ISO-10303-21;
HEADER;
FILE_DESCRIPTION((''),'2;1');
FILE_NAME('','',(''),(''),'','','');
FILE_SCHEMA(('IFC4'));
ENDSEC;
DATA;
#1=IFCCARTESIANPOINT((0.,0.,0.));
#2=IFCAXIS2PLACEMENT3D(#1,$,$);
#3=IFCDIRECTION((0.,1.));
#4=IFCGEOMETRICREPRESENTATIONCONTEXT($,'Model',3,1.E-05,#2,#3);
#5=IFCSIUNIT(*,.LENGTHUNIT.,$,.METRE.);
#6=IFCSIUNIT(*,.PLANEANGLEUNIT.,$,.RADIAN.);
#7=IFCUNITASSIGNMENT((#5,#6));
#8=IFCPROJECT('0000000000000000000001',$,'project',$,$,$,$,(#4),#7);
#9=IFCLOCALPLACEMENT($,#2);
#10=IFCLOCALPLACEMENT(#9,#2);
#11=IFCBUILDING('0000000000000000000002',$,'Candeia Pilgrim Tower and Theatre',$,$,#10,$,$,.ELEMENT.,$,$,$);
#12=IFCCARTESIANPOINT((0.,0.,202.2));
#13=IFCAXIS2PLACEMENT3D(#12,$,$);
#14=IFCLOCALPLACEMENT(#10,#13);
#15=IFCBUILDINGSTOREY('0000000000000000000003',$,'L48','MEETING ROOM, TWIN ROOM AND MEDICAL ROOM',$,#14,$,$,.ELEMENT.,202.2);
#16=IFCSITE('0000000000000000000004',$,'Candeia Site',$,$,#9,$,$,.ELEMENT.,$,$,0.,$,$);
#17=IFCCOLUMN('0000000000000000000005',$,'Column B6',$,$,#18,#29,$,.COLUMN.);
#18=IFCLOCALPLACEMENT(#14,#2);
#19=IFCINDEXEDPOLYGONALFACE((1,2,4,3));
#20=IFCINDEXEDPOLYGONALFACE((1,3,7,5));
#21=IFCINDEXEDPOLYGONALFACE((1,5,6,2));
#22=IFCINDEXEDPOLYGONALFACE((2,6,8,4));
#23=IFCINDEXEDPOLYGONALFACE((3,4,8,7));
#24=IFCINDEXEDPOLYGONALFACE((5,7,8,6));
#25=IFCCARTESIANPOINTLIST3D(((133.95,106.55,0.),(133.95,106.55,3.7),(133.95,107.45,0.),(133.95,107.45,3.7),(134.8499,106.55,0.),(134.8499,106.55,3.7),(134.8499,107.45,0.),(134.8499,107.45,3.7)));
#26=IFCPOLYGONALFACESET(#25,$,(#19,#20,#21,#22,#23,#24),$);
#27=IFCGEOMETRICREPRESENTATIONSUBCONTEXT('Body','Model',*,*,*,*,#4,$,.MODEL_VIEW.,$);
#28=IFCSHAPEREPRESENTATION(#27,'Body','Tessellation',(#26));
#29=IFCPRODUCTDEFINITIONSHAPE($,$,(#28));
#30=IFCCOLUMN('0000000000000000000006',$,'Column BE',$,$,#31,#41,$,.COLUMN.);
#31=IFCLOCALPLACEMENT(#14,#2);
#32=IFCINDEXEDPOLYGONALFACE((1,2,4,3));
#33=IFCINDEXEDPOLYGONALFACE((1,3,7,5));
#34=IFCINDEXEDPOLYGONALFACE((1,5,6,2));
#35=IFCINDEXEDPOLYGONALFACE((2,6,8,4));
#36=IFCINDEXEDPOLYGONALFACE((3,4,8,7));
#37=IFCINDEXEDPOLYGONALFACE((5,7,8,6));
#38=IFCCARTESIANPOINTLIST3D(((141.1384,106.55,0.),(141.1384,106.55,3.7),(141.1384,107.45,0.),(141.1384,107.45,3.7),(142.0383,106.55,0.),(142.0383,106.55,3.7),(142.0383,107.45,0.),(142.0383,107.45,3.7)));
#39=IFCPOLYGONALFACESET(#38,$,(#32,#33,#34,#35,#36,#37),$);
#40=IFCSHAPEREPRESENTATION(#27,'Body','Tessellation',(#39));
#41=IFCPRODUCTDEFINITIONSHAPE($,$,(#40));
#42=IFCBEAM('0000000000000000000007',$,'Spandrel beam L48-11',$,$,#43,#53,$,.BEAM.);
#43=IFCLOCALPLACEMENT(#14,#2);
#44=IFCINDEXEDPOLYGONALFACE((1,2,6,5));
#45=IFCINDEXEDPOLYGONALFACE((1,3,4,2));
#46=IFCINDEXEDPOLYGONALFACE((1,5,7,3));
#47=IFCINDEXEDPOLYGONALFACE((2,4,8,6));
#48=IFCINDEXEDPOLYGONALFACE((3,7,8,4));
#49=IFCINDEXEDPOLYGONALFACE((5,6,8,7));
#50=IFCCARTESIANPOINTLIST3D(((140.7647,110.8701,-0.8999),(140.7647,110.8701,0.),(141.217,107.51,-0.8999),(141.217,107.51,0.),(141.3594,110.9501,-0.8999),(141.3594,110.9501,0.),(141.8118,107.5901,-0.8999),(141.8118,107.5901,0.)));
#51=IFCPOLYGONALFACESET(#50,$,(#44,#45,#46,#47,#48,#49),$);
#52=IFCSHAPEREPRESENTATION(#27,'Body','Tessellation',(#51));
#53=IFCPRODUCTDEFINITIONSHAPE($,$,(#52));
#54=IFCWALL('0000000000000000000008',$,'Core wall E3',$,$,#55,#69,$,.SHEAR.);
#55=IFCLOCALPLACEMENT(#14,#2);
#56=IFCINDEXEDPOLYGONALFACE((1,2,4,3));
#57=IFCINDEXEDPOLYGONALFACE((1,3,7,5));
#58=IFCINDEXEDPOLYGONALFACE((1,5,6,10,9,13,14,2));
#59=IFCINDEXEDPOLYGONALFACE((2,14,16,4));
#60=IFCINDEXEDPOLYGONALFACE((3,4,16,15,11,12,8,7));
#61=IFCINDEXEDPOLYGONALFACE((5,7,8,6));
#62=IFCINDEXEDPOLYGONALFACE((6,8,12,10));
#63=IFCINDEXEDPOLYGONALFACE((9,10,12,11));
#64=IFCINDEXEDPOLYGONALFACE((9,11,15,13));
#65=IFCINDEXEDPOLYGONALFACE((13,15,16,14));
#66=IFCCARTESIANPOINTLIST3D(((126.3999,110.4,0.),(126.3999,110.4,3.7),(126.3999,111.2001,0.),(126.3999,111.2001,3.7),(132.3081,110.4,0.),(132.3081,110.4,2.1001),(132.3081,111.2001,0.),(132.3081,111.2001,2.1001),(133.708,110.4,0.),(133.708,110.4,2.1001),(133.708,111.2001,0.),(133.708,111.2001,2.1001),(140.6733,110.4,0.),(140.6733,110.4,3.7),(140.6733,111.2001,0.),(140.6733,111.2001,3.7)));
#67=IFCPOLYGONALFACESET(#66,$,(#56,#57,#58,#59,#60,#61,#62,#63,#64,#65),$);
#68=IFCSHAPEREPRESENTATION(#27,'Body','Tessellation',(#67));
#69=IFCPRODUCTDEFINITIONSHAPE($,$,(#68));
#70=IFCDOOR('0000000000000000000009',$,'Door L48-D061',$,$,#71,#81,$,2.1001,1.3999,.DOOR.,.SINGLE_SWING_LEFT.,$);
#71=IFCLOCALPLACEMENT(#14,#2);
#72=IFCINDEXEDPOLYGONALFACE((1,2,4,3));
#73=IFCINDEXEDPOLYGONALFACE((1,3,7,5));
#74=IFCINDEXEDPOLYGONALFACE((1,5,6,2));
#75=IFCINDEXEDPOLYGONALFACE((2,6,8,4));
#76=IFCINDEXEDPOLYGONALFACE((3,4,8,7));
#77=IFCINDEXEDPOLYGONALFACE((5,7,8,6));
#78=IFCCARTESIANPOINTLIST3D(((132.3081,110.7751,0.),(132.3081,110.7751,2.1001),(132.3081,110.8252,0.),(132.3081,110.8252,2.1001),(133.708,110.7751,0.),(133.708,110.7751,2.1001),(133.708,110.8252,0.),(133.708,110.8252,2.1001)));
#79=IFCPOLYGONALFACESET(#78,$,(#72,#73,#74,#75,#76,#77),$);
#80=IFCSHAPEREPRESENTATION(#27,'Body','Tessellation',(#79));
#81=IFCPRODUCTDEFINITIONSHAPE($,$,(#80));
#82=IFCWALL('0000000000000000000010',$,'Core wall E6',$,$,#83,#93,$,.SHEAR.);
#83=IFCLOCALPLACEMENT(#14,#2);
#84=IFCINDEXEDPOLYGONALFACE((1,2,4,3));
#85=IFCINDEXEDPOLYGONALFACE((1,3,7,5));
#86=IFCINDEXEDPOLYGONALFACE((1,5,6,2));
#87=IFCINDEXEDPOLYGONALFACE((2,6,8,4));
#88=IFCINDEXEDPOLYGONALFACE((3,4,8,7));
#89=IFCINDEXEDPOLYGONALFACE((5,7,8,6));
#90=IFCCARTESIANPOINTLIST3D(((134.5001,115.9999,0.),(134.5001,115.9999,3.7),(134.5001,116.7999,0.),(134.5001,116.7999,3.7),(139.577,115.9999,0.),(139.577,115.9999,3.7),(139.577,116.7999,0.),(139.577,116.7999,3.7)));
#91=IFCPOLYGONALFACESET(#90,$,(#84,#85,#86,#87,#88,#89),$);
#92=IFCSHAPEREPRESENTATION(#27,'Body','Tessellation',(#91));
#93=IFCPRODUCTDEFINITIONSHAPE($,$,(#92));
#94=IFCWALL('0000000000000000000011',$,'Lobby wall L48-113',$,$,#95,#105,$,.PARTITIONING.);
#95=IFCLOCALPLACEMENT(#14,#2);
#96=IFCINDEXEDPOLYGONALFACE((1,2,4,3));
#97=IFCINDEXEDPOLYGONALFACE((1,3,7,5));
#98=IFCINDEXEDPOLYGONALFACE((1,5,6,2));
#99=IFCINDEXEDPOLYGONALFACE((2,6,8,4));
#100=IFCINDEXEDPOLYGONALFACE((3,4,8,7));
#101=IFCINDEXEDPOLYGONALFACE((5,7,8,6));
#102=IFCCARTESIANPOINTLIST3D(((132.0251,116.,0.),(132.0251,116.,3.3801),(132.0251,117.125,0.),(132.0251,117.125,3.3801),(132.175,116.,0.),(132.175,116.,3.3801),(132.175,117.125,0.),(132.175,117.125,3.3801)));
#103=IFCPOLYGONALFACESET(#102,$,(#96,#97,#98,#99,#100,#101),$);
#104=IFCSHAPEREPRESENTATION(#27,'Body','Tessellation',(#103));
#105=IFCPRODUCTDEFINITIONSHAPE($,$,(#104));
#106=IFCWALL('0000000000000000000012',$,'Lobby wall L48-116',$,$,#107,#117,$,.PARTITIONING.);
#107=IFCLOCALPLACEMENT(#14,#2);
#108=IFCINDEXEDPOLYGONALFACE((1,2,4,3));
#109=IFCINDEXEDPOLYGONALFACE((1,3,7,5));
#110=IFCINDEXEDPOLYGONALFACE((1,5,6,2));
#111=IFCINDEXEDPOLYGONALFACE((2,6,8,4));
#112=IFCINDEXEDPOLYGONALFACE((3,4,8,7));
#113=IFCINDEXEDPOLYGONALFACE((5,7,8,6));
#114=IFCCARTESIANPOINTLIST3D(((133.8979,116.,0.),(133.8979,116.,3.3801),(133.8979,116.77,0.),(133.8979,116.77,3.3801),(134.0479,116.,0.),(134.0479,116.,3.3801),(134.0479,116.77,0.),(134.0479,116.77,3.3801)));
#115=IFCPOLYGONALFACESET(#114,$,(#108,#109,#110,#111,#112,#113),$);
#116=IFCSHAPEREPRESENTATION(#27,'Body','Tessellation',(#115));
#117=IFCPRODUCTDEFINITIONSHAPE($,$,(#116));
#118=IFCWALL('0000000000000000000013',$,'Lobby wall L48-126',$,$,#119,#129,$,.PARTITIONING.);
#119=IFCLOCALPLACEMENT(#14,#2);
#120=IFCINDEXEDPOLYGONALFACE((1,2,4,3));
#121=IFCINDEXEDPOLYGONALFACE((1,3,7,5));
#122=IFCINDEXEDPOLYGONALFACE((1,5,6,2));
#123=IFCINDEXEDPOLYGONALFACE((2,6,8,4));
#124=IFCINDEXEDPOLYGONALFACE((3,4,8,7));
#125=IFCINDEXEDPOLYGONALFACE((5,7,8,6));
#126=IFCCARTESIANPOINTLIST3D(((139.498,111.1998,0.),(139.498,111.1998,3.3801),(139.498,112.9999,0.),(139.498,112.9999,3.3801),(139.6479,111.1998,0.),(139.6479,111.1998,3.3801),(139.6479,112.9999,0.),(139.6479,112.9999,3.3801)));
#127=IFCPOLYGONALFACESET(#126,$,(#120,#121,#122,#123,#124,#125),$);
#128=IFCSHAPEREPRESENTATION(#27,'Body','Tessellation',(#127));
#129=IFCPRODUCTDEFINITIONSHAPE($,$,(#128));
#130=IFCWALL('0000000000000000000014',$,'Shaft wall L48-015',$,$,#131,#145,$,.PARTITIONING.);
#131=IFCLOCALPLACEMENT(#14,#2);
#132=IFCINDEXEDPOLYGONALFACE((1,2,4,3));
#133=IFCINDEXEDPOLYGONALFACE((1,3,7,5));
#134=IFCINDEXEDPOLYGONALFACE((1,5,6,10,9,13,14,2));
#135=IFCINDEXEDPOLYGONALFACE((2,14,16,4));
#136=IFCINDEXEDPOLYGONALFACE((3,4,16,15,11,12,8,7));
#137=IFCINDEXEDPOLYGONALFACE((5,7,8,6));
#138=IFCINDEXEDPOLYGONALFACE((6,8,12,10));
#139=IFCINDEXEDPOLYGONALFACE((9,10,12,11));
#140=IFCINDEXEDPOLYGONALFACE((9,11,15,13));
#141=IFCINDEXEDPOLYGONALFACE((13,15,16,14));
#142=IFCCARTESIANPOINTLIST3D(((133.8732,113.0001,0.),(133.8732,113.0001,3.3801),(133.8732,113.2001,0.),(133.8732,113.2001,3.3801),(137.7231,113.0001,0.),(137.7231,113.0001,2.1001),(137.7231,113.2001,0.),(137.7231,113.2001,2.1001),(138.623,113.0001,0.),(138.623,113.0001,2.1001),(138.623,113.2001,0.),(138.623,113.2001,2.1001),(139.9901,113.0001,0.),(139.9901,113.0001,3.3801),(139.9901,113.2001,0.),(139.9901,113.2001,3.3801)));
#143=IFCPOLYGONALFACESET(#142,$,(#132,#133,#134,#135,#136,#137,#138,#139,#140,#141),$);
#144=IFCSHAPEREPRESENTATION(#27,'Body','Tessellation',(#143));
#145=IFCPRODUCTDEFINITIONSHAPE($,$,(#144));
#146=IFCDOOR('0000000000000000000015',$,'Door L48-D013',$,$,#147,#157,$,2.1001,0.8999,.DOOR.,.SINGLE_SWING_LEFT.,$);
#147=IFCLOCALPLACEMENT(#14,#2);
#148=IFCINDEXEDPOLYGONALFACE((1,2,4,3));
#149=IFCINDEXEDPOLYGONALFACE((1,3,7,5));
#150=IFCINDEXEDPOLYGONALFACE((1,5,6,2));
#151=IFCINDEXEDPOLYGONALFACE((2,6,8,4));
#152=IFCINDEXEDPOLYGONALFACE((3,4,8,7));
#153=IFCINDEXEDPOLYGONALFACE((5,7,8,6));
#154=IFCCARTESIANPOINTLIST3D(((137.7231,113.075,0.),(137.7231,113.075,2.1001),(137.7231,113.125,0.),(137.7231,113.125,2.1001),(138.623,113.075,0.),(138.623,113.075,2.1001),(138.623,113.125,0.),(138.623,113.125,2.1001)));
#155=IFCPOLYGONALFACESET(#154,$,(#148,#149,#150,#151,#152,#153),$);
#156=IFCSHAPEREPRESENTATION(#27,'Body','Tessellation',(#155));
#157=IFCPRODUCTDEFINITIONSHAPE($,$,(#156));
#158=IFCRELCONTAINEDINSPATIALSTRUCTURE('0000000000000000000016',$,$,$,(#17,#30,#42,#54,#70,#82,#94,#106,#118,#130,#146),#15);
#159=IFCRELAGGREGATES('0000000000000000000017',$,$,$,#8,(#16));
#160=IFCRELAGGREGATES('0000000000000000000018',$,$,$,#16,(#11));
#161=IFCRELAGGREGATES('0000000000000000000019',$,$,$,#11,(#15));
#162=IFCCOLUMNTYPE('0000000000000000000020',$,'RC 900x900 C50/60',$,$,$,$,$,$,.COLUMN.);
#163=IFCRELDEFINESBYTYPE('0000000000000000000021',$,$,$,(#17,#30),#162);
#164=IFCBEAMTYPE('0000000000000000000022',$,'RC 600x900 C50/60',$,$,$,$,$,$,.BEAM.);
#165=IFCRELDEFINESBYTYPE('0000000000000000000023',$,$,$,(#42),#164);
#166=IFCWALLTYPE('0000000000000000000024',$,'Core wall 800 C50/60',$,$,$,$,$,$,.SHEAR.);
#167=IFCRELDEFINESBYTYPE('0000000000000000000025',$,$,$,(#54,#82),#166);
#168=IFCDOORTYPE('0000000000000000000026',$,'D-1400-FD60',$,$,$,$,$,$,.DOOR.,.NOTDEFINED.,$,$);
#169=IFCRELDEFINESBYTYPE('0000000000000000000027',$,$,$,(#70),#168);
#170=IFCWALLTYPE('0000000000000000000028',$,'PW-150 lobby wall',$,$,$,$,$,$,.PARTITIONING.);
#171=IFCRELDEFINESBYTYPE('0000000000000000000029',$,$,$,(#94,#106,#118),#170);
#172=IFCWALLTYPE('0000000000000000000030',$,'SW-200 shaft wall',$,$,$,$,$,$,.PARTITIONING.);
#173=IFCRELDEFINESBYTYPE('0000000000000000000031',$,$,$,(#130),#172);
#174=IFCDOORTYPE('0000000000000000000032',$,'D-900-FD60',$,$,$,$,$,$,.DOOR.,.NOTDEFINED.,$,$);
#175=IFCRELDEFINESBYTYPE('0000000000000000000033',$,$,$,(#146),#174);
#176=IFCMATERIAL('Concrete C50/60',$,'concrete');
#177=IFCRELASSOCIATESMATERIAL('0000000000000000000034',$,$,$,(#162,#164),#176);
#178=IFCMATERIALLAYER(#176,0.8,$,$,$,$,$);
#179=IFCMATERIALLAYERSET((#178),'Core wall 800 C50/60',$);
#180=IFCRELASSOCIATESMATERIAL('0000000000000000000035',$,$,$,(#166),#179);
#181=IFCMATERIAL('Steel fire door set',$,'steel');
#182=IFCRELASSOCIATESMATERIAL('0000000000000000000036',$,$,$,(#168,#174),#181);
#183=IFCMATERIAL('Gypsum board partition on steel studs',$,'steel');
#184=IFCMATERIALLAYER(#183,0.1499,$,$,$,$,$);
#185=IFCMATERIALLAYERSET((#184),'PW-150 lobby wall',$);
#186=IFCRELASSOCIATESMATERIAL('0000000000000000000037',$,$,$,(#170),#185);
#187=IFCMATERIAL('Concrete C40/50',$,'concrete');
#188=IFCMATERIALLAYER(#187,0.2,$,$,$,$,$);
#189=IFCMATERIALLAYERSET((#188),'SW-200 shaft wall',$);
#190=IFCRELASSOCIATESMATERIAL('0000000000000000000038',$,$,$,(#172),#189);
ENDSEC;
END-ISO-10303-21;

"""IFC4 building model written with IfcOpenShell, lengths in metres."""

from ifc_helpers import new_model, si_unit, direction, frame, frame_2d, origin, origin_2d, place, context, subcontext, project, spatial, rectangle, extrude, material, layer, layer_set, material_profile, profile_set, type_object, element, fill, save


model = new_model("IFC4")

# Units and contexts
model_context = context("Model", 3, precision=1e-05, world=origin(), true_north=direction((0.0, 1.0)))
body_context = subcontext(model_context, "Body", "Model", "MODEL_VIEW")
ifc_project = project(units=[si_unit("LENGTHUNIT", "METRE"), si_unit("PLANEANGLEUNIT", "RADIAN")], contexts=[model_context])

# Site, building, storey
site_placement = place(None, origin())
site = spatial("IfcSite", under=ifc_project, at=site_placement, Name="Candeia Site", CompositionType="ELEMENT", RefElevation=0.0)
building_placement = place(site_placement, origin())
building = spatial("IfcBuilding", under=site, at=building_placement, Name="Candeia Pilgrim Tower and Theatre", CompositionType="ELEMENT")
storey_placement = place(building_placement, frame((0.0, 0.0, 202.2)))
storey = spatial("IfcBuildingStorey", under=building, at=storey_placement, Name="L48", Description="MEETING ROOM, TWIN ROOM AND MEDICAL ROOM", CompositionType="ELEMENT", Elevation=202.2)

# Columns
ifc_material_1 = material(Name="Concrete C50/60", Category="concrete")
ifc_material_profile_1 = material_profile(ifc_material_1, rectangle(XDim=0.8999, YDim=0.8999, at=origin_2d()))
ifc_profile_set_1 = profile_set([ifc_material_profile_1], Name="Concrete C50/60")
column_type = type_object("IfcColumnType", Name="RC 900x900 C50/60", PredefinedType="COLUMN", material=ifc_profile_set_1)
for number, where, z_axis, x_axis, name in (
    (1, (134.3999, 107.0, 0.0), (0.0, 0.0, 1.0), (1.0, 0.0, 0.0), "Column B6"),
    (2, (141.5884, 107.0, 0.0), (0.0, 0.0, 1.0), (1.0, 0.0, 0.0), "Column BE"),
):
    element("IfcColumn", number, at=place(storey_placement, frame(where, z_axis=z_axis, x_axis=x_axis)), inside=storey, type_object=column_type, Name=name, PredefinedType="COLUMN", context=body_context, shape_type="SweptSolid", body=[
        extrude(rectangle(XDim=0.8999, YDim=0.8999, at=origin_2d()), origin(), (0.0, 0.0, 1.0), 3.7),
    ])

# Beam
ifc_material_profile_2 = material_profile(ifc_material_1, rectangle(XDim=0.6001, YDim=0.8999, at=origin_2d()))
ifc_profile_set_2 = profile_set([ifc_material_profile_2], Name="Concrete C50/60")
beam_type = type_object("IfcBeamType", Name="RC 600x900 C50/60", PredefinedType="BEAM", material=ifc_profile_set_2)
beam_placement = place(storey_placement, frame((141.5144, 107.55, -0.45), z_axis=(-0.133432, 0.991058, 0.0), x_axis=(-0.991058, -0.133432, 0.0)))
element("IfcBeam", 3, at=beam_placement, inside=storey, type_object=beam_type, Name="Spandrel beam L48-11", PredefinedType="BEAM", context=body_context, shape_type="SweptSolid", body=[
    extrude(rectangle(XDim=0.6001, YDim=0.8999, at=origin_2d()), origin(), (0.0, 0.0, 1.0), 3.3904),
])

# Wall, opening, door
ifc_layer_1 = layer(ifc_material_1, 0.8)
ifc_layer_set_1 = layer_set([ifc_layer_1], Name="Core wall 800 C50/60")
wall_type_1 = type_object("IfcWallType", Name="Core wall 800 C50/60", PredefinedType="SHEAR", material=ifc_layer_set_1)
wall_1_placement = place(storey_placement, frame((140.6733, 110.8, 0.0), z_axis=(0.0, 0.0, 1.0), x_axis=(-1.0, 0.0, 0.0)))
wall_1 = element("IfcWall", 4, at=wall_1_placement, inside=storey, type_object=wall_type_1, Name="Core wall E3", PredefinedType="SHEAR", context=body_context, shape_type="SweptSolid", body=[
    extrude(rectangle(XDim=14.2734, YDim=0.8, at=frame_2d((7.1367, 0.0))), origin(), (0.0, 0.0, 1.0), 3.7),
])
opening_1_placement = place(wall_1_placement, frame((6.9653, 0.0, 0.0)))
opening_1 = element("IfcOpeningElement", 5, at=opening_1_placement, cuts=wall_1, PredefinedType="OPENING", context=body_context, shape_type="SweptSolid", body=[
    extrude(rectangle(XDim=1.3999, YDim=2.1001, at=frame_2d((0.7, 1.05))), frame((0.0, 0.4102, 0.0), z_axis=(0.0, -1.0, 0.0), x_axis=(1.0, 0.0, 0.0)), (0.0, 0.0, 1.0), 0.8201),
])
ifc_material_2 = material(Name="Steel fire door set", Category="steel")
door_type_1 = type_object("IfcDoorType", Name="D-1400-FD60", OperationType="NOTDEFINED", PredefinedType="DOOR", material=ifc_material_2)
door_1_placement = place(opening_1_placement, origin())
door_1 = element("IfcDoor", 6, at=door_1_placement, inside=storey, type_object=door_type_1, Name="Door L48-D061", OperationType="SINGLE_SWING_LEFT", OverallHeight=2.1001, OverallWidth=1.3999, PredefinedType="DOOR", context=body_context, shape_type="SweptSolid", body=[
    extrude(rectangle(XDim=1.3999, YDim=2.1001, at=frame_2d((0.7, 1.05))), frame((0.0, 0.0249, 0.0), z_axis=(0.0, -1.0, 0.0), x_axis=(1.0, 0.0, 0.0)), (0.0, 0.0, 1.0), 0.05),
])
fill(opening_1, door_1)

# Walls
wall_2_placement = place(storey_placement, frame((134.5, 116.3999, 0.0), z_axis=(0.0, 0.0, 1.0), x_axis=(1.0, 0.0, 0.0)))
element("IfcWall", 7, at=wall_2_placement, inside=storey, type_object=wall_type_1, Name="Core wall E6", PredefinedType="SHEAR", context=body_context, shape_type="SweptSolid", body=[
    extrude(rectangle(XDim=5.0769, YDim=0.8, at=frame_2d((2.5386, 0.0))), origin(), (0.0, 0.0, 1.0), 3.7),
])
ifc_material_3 = material(Name="Gypsum board partition on steel studs", Category="steel")
ifc_layer_2 = layer(ifc_material_3, 0.1499)
ifc_layer_set_2 = layer_set([ifc_layer_2], Name="PW-150 lobby wall")
wall_type_2 = type_object("IfcWallType", Name="PW-150 lobby wall", PredefinedType="PARTITIONING", material=ifc_layer_set_2)
wall_3_placement = place(storey_placement, frame((132.1001, 116.0, 0.0), z_axis=(0.0, 0.0, 1.0), x_axis=(0.0, 1.0, 0.0)))
element("IfcWall", 8, at=wall_3_placement, inside=storey, type_object=wall_type_2, Name="Lobby wall L48-113", PredefinedType="PARTITIONING", context=body_context, shape_type="SweptSolid", body=[
    extrude(rectangle(XDim=1.125, YDim=0.1499, at=frame_2d((0.5625, 0.0))), origin(), (0.0, 0.0, 1.0), 3.3801),
])
wall_4_placement = place(storey_placement, frame((133.9729, 116.0, 0.0), z_axis=(0.0, 0.0, 1.0), x_axis=(0.0, 1.0, 0.0)))
element("IfcWall", 9, at=wall_4_placement, inside=storey, type_object=wall_type_2, Name="Lobby wall L48-116", PredefinedType="PARTITIONING", context=body_context, shape_type="SweptSolid", body=[
    extrude(rectangle(XDim=0.77, YDim=0.1499, at=frame_2d((0.385, 0.0))), origin(), (0.0, 0.0, 1.0), 3.3801),
])
wall_5_placement = place(storey_placement, frame((139.573, 111.2, 0.0), z_axis=(0.0, 0.0, 1.0), x_axis=(0.0, 1.0, 0.0)))
element("IfcWall", 10, at=wall_5_placement, inside=storey, type_object=wall_type_2, Name="Lobby wall L48-126", PredefinedType="PARTITIONING", context=body_context, shape_type="SweptSolid", body=[
    extrude(rectangle(XDim=1.8, YDim=0.1499, at=frame_2d((0.8999, 0.0))), origin(), (0.0, 0.0, 1.0), 3.3801),
])

# Wall, opening, door
ifc_material_4 = material(Name="Concrete C40/50", Category="concrete")
ifc_layer_3 = layer(ifc_material_4, 0.2)
ifc_layer_set_3 = layer_set([ifc_layer_3], Name="SW-200 shaft wall")
wall_type_3 = type_object("IfcWallType", Name="SW-200 shaft wall", PredefinedType="PARTITIONING", material=ifc_layer_set_3)
wall_6_placement = place(storey_placement, frame((133.873, 113.1001, 0.0), z_axis=(0.0, 0.0, 1.0), x_axis=(1.0, 0.0, 0.0)))
wall_6 = element("IfcWall", 11, at=wall_6_placement, inside=storey, type_object=wall_type_3, Name="Shaft wall L48-015", PredefinedType="PARTITIONING", context=body_context, shape_type="SweptSolid", body=[
    extrude(rectangle(XDim=6.1169, YDim=0.2, at=frame_2d((3.0586, 0.0))), origin(), (0.0, 0.0, 1.0), 3.3801),
])
opening_2_placement = place(wall_6_placement, frame((3.8501, 0.0, 0.0)))
opening_2 = element("IfcOpeningElement", 12, at=opening_2_placement, cuts=wall_6, PredefinedType="OPENING", context=body_context, shape_type="SweptSolid", body=[
    extrude(rectangle(XDim=0.8999, YDim=2.1001, at=frame_2d((0.45, 1.05))), frame((0.0, 0.1099, 0.0), z_axis=(0.0, -1.0, 0.0), x_axis=(1.0, 0.0, 0.0)), (0.0, 0.0, 1.0), 0.22),
])
door_type_2 = type_object("IfcDoorType", Name="D-900-FD60", OperationType="NOTDEFINED", PredefinedType="DOOR", material=ifc_material_2)
door_2_placement = place(opening_2_placement, origin())
door_2 = element("IfcDoor", 13, at=door_2_placement, inside=storey, type_object=door_type_2, Name="Door L48-D013", OperationType="SINGLE_SWING_LEFT", OverallHeight=2.1001, OverallWidth=0.8999, PredefinedType="DOOR", context=body_context, shape_type="SweptSolid", body=[
    extrude(rectangle(XDim=0.8999, YDim=2.1001, at=frame_2d((0.45, 1.05))), frame((0.0, 0.0249, 0.0), z_axis=(0.0, -1.0, 0.0), x_axis=(1.0, 0.0, 0.0)), (0.0, 0.0, 1.0), 0.05),
])
fill(opening_2, door_2)

save(model, "model.ifc")
